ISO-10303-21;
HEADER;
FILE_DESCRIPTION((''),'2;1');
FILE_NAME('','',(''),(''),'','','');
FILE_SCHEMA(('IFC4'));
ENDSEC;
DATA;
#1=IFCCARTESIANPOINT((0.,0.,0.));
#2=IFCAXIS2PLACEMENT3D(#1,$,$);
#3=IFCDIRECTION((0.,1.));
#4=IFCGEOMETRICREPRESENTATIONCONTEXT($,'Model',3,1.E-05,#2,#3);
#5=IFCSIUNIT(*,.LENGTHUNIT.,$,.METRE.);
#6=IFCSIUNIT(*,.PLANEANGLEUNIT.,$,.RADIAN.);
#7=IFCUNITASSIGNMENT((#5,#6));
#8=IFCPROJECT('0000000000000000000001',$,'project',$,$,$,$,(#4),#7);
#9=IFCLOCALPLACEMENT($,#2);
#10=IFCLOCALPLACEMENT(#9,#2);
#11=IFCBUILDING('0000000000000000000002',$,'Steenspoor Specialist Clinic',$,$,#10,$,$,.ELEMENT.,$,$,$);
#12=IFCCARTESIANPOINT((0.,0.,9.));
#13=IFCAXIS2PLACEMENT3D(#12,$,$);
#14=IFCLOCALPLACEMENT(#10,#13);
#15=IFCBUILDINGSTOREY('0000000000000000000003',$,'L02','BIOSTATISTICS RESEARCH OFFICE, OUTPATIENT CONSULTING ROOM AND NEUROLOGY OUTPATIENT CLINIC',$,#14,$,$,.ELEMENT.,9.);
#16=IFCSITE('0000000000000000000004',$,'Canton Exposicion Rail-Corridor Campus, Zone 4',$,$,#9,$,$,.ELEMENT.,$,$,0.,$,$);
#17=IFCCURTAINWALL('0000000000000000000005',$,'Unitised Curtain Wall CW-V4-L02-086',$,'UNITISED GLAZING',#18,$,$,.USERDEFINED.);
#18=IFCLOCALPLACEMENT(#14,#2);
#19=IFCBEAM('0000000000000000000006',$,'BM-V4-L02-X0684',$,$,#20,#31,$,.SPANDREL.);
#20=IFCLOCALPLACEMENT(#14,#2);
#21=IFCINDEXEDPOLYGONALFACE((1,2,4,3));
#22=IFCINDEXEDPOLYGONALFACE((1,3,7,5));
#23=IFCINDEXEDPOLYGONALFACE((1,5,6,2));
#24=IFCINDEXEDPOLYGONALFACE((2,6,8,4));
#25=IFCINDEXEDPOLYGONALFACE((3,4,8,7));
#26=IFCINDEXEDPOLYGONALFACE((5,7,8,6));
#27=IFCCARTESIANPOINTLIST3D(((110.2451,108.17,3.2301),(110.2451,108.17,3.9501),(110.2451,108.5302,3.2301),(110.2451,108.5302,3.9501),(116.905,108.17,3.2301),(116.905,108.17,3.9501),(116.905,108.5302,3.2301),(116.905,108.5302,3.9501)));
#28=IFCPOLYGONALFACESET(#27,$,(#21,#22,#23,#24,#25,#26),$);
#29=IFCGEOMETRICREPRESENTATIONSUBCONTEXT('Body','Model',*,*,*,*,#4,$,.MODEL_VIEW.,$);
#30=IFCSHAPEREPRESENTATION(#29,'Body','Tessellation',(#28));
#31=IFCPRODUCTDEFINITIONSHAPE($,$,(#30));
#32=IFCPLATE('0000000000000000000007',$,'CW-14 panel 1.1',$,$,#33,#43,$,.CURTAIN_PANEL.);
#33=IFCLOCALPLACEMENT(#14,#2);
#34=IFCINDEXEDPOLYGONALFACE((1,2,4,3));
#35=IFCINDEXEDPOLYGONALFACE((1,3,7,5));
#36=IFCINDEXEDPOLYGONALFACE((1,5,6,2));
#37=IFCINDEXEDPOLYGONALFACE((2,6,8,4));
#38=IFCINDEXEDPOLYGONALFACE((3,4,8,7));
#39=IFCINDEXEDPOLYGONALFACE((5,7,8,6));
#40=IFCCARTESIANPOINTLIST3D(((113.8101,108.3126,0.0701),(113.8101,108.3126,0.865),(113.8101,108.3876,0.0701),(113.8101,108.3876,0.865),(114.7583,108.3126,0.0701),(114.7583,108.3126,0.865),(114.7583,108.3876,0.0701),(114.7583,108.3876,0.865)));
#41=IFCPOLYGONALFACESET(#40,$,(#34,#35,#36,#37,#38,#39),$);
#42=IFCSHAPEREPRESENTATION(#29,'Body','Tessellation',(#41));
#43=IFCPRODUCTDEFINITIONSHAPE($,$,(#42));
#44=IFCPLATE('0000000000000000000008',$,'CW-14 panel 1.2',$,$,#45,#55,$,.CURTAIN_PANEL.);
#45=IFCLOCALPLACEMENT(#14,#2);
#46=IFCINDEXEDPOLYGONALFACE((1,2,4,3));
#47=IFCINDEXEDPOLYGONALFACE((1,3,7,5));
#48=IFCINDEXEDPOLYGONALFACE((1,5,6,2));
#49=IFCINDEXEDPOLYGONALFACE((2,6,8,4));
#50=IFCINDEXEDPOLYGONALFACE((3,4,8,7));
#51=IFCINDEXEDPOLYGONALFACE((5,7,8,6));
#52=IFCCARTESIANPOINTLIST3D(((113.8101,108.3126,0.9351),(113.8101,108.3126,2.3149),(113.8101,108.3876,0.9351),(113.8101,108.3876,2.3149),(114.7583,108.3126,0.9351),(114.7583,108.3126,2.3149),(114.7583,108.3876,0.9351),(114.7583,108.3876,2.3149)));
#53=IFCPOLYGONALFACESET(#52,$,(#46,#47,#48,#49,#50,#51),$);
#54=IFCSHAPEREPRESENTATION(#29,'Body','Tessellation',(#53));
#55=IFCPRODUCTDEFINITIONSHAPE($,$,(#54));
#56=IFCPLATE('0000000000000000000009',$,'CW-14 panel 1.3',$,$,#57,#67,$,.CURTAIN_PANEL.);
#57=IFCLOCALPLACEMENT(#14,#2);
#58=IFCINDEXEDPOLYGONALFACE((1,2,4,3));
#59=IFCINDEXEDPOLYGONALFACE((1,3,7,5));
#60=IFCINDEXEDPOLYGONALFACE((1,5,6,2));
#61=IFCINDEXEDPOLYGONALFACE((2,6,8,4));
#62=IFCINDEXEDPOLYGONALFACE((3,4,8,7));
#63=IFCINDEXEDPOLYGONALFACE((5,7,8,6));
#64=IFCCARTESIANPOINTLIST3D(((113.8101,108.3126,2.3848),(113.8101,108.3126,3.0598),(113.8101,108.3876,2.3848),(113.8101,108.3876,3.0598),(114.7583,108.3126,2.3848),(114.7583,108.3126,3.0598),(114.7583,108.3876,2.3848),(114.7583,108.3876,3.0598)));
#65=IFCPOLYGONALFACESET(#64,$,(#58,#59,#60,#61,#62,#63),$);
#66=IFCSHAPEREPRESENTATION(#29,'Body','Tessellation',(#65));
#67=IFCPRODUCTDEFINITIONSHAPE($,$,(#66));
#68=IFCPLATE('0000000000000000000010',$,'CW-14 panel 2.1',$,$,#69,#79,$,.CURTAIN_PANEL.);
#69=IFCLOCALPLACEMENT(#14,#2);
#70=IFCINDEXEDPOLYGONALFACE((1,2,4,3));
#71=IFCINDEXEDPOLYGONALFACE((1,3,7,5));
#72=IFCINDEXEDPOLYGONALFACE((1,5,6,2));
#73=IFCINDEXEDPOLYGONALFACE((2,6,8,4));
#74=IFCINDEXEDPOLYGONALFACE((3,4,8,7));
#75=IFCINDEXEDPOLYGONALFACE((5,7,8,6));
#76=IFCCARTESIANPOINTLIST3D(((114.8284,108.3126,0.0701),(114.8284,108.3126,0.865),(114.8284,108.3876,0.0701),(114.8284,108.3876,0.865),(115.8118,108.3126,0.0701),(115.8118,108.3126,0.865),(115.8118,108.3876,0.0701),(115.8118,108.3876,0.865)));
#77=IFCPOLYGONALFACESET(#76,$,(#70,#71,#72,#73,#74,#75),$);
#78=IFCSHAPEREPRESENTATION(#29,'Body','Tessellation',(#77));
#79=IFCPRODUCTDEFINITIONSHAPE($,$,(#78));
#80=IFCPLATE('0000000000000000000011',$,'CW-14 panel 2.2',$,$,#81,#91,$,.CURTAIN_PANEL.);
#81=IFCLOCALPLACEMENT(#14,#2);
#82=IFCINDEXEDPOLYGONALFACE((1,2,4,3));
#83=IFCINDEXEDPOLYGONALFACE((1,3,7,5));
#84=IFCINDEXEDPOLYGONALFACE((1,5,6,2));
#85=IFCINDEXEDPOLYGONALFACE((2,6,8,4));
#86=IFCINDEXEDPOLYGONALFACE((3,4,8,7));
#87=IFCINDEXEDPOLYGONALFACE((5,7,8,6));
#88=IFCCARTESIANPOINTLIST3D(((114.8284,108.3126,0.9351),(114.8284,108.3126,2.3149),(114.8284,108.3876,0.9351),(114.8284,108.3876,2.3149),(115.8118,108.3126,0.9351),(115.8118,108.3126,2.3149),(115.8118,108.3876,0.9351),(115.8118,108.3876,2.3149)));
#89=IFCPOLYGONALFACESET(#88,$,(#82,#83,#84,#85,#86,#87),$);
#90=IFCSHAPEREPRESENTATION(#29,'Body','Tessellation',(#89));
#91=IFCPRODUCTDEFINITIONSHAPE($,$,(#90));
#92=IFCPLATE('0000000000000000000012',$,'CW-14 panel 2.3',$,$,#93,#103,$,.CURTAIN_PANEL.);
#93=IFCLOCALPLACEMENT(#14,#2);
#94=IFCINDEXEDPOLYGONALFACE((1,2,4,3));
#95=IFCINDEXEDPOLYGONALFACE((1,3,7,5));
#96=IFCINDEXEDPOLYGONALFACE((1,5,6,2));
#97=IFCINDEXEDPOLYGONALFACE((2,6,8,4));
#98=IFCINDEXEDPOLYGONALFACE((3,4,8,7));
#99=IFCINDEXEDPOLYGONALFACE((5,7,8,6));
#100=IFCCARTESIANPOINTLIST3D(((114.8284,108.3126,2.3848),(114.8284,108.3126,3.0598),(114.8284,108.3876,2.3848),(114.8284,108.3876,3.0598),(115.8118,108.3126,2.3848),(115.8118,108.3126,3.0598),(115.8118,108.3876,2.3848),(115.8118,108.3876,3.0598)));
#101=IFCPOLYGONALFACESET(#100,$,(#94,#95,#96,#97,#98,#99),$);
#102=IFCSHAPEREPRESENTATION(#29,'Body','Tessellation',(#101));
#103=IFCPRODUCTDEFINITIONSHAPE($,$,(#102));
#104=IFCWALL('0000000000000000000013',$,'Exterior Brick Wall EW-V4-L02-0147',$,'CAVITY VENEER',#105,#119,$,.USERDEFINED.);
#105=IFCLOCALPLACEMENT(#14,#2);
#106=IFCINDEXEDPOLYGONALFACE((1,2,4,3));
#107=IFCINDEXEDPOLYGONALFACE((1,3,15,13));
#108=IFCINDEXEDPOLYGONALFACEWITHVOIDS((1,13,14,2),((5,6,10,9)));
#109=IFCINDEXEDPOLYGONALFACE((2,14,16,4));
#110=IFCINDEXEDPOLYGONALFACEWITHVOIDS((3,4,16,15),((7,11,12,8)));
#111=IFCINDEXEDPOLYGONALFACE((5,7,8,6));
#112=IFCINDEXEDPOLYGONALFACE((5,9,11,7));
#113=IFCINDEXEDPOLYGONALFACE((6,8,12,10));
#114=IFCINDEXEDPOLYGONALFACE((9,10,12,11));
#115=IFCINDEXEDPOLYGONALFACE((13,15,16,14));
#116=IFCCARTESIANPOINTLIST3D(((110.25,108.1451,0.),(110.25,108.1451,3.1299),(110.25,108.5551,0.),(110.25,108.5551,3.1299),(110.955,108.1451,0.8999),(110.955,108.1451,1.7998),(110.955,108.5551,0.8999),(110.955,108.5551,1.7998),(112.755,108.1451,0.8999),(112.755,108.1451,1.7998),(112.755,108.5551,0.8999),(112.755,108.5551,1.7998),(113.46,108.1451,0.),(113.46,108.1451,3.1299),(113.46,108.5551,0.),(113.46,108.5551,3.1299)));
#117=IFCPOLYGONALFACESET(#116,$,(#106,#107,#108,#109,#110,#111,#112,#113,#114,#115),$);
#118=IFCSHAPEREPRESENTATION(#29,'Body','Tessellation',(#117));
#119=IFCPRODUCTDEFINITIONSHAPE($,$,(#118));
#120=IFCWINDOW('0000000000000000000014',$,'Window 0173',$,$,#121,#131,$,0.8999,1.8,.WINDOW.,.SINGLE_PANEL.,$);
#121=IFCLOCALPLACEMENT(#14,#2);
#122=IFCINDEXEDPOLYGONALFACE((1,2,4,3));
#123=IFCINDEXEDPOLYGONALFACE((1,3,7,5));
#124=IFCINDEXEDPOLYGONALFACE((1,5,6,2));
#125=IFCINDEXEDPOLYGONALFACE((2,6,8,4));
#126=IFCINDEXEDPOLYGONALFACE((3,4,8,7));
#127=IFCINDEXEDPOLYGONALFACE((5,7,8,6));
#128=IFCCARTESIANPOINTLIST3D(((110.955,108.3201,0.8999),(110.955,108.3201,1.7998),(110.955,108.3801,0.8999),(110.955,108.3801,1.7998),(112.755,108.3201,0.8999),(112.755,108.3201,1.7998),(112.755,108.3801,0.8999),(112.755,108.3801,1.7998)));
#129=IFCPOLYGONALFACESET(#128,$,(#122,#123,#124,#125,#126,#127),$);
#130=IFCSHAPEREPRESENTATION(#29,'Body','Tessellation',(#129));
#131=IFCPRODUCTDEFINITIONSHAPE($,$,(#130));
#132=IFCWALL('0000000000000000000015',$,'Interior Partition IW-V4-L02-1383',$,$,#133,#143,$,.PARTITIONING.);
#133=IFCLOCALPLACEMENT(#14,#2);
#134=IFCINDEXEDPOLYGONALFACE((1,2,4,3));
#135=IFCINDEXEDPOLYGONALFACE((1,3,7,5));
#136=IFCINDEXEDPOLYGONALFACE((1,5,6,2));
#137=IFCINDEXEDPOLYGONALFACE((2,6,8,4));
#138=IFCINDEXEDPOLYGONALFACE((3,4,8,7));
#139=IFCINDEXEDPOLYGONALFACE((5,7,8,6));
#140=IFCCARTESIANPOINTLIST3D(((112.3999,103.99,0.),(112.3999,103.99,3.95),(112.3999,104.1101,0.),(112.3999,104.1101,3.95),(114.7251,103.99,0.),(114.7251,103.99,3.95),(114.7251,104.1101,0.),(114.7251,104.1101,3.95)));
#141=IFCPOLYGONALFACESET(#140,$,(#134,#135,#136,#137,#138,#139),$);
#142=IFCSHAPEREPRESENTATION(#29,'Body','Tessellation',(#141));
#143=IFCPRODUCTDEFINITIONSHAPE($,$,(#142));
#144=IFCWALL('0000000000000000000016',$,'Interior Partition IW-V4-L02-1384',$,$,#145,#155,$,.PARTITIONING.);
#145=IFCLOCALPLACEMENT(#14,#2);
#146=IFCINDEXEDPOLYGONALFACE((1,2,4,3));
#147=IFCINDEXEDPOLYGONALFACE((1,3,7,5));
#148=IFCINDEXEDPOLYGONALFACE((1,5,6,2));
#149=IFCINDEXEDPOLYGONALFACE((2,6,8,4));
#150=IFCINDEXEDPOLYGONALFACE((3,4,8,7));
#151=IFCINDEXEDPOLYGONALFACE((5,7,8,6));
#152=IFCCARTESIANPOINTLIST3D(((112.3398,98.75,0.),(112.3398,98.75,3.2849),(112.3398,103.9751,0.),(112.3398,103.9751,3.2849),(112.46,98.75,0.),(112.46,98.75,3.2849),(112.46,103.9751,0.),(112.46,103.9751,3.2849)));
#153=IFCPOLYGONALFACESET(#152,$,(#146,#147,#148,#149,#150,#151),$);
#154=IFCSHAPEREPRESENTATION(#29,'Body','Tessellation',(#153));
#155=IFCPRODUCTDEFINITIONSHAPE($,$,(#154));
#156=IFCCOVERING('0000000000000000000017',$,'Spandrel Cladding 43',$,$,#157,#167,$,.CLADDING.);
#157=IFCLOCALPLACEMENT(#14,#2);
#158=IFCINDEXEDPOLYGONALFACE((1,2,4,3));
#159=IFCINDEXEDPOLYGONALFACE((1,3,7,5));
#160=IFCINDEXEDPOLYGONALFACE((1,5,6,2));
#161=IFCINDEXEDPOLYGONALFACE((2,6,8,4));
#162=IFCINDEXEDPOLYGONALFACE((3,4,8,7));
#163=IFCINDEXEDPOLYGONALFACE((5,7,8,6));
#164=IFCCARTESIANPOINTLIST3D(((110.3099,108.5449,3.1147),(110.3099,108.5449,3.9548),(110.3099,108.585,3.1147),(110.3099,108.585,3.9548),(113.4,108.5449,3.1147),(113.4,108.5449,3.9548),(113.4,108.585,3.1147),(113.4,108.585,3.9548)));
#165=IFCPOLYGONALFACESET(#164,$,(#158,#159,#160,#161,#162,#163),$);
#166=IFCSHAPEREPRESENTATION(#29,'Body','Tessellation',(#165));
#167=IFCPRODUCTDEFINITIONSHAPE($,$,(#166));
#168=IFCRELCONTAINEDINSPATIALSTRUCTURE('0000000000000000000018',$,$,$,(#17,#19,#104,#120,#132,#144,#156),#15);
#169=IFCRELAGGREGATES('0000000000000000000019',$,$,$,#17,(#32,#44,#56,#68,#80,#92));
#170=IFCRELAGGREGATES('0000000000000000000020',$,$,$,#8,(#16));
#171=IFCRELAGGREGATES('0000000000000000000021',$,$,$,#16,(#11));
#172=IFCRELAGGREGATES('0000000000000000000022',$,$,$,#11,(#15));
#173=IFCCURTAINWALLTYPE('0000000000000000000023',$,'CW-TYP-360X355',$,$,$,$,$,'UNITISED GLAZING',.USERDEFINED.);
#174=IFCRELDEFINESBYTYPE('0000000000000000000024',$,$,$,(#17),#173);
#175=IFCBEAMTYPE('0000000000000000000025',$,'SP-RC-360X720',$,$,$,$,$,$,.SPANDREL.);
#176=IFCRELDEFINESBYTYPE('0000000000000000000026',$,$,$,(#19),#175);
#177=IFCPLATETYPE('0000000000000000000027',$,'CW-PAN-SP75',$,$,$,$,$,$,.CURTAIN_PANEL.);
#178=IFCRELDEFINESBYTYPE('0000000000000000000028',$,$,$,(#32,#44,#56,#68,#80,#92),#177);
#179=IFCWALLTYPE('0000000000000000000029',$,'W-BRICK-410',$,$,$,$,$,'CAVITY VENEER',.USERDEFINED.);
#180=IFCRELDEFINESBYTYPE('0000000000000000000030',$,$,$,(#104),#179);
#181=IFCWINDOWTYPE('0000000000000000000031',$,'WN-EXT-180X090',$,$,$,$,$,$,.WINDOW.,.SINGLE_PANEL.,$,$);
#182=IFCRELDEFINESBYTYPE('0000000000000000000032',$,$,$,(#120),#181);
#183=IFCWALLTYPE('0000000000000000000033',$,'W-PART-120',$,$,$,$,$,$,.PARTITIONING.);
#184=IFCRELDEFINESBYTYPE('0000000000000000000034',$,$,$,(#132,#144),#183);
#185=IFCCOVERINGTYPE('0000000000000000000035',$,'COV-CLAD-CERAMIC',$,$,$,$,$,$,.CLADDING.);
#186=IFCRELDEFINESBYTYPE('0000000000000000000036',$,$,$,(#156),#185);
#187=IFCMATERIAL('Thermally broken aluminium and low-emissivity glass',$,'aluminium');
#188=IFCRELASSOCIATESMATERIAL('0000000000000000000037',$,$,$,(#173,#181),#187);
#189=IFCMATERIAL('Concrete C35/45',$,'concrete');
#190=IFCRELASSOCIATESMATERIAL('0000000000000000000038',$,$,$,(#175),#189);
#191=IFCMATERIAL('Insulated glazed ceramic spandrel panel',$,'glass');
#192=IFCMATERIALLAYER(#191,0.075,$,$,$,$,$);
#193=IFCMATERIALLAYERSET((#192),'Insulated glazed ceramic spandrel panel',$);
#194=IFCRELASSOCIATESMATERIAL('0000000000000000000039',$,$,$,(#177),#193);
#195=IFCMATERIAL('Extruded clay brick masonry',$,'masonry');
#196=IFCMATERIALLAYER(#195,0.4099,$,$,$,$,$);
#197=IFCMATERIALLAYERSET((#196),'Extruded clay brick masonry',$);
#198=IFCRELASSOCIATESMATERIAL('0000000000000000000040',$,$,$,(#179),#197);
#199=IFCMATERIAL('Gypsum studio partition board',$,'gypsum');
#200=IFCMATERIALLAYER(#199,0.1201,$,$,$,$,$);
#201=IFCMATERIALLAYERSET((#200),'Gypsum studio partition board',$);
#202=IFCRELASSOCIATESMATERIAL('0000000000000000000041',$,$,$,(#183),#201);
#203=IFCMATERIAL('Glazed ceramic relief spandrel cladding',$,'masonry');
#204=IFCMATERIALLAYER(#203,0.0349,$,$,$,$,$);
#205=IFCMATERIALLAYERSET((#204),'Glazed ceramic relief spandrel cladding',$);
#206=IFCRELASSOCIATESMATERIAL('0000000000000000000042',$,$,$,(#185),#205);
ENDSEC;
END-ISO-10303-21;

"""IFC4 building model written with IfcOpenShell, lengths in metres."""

from ifc_helpers import new_model, si_unit, direction, frame, frame_2d, origin, origin_2d, place, context, subcontext, project, spatial, rectangle, extrude, material, layer, layer_set, material_profile, profile_set, type_object, element, fill, aggregate, save


model = new_model("IFC4")

# Units and contexts
model_context = context("Model", 3, precision=1e-05, world=origin(), true_north=direction((0.0, 1.0)))
body_context = subcontext(model_context, "Body", "Model", "MODEL_VIEW")
ifc_project = project(units=[si_unit("LENGTHUNIT", "METRE"), si_unit("PLANEANGLEUNIT", "RADIAN")], contexts=[model_context])

# Site, building, storey
site_placement = place(None, origin())
site = spatial("IfcSite", under=ifc_project, at=site_placement, Name="Canton Exposicion Rail-Corridor Campus, Zone 4", CompositionType="ELEMENT", RefElevation=0.0)
building_placement = place(site_placement, origin())
building = spatial("IfcBuilding", under=site, at=building_placement, Name="Steenspoor Specialist Clinic", CompositionType="ELEMENT")
storey_placement = place(building_placement, frame((0.0, 0.0, 9.0)))
storey = spatial("IfcBuildingStorey", under=building, at=storey_placement, Name="L02", Description="BIOSTATISTICS RESEARCH OFFICE, OUTPATIENT CONSULTING ROOM AND NEUROLOGY OUTPATIENT CLINIC", CompositionType="ELEMENT", Elevation=9.0)

# Shared definitions
ifc_material_1 = material(Name="Concrete C35/45", Category="concrete")

# Curtain wall
ifc_material_2 = material(Name="Thermally broken aluminium and low-emissivity glass", Category="aluminium")
curtain_wall_type = type_object("IfcCurtainWallType", Name="CW-TYP-360X355", ElementType="UNITISED GLAZING", PredefinedType="USERDEFINED", material=ifc_material_2)
curtain_wall_placement = place(storey_placement, origin())
curtain_wall = element("IfcCurtainWall", 1, at=curtain_wall_placement, inside=storey, type_object=curtain_wall_type, Name="Unitised Curtain Wall CW-V4-L02-086", ObjectType="UNITISED GLAZING", PredefinedType="USERDEFINED")

# Beam
ifc_material_profile_1 = material_profile(ifc_material_1, rectangle(XDim=0.3601, YDim=0.72, at=origin_2d()), Name="RC-SP-360X720")
ifc_profile_set_1 = profile_set([ifc_material_profile_1], Name="Concrete C35/45")
beam_type_1 = type_object("IfcBeamType", Name="SP-RC-360X720", PredefinedType="SPANDREL", material=ifc_profile_set_1)
beam_1_placement = place(storey_placement, frame((110.2451, 108.3501, 3.5901), z_axis=(1.0, 0.0, 0.0), x_axis=(0.0, 1.0, 0.0)))
element("IfcBeam", 2, at=beam_1_placement, inside=storey, type_object=beam_type_1, Name="BM-V4-L02-X0684", PredefinedType="SPANDREL", context=body_context, shape_type="SweptSolid", body=[
    extrude(rectangle(XDim=0.3601, YDim=0.72, at=origin_2d()), origin(), (0.0, 0.0, 1.0), 6.6599),
])

# Plates
ifc_material_3 = material(Name="Insulated glazed ceramic spandrel panel", Category="glass")
ifc_layer_1 = layer(ifc_material_3, 0.075)
ifc_layer_set_1 = layer_set([ifc_layer_1], Name="Insulated glazed ceramic spandrel panel")
plate_type = type_object("IfcPlateType", Name="CW-PAN-SP75", PredefinedType="CURTAIN_PANEL", material=ifc_layer_set_1)
plate_1_placement = place(storey_placement, frame((114.2842, 108.3501, 0.0701), z_axis=(0.0, 0.0, 1.0), x_axis=(1.0, 0.0, 0.0)))
plate_1 = element("IfcPlate", 3, at=plate_1_placement, type_object=plate_type, Name="CW-14 panel 1.1", PredefinedType="CURTAIN_PANEL", context=body_context, shape_type="SweptSolid", body=[
    extrude(rectangle(XDim=0.9482, YDim=0.075, at=origin_2d()), origin(), (0.0, 0.0, 1.0), 0.7949),
])
plate_2_placement = place(storey_placement, frame((114.2842, 108.3501, 0.9351), z_axis=(0.0, 0.0, 1.0), x_axis=(1.0, 0.0, 0.0)))
plate_2 = element("IfcPlate", 4, at=plate_2_placement, type_object=plate_type, Name="CW-14 panel 1.2", PredefinedType="CURTAIN_PANEL", context=body_context, shape_type="SweptSolid", body=[
    extrude(rectangle(XDim=0.9482, YDim=0.075, at=origin_2d()), origin(), (0.0, 0.0, 1.0), 1.3799),
])
plate_3_placement = place(storey_placement, frame((114.2842, 108.3501, 2.3848), z_axis=(0.0, 0.0, 1.0), x_axis=(1.0, 0.0, 0.0)))
plate_3 = element("IfcPlate", 5, at=plate_3_placement, type_object=plate_type, Name="CW-14 panel 1.3", PredefinedType="CURTAIN_PANEL", context=body_context, shape_type="SweptSolid", body=[
    extrude(rectangle(XDim=0.9482, YDim=0.075, at=origin_2d()), origin(), (0.0, 0.0, 1.0), 0.675),
])
plate_4_placement = place(storey_placement, frame((115.3201, 108.3501, 0.0701), z_axis=(0.0, 0.0, 1.0), x_axis=(1.0, 0.0, 0.0)))
plate_4 = element("IfcPlate", 6, at=plate_4_placement, type_object=plate_type, Name="CW-14 panel 2.1", PredefinedType="CURTAIN_PANEL", context=body_context, shape_type="SweptSolid", body=[
    extrude(rectangle(XDim=0.9834, YDim=0.075, at=origin_2d()), origin(), (0.0, 0.0, 1.0), 0.7949),
])
plate_5_placement = place(storey_placement, frame((115.3201, 108.3501, 0.9351), z_axis=(0.0, 0.0, 1.0), x_axis=(1.0, 0.0, 0.0)))
plate_5 = element("IfcPlate", 7, at=plate_5_placement, type_object=plate_type, Name="CW-14 panel 2.2", PredefinedType="CURTAIN_PANEL", context=body_context, shape_type="SweptSolid", body=[
    extrude(rectangle(XDim=0.9834, YDim=0.075, at=origin_2d()), origin(), (0.0, 0.0, 1.0), 1.3799),
])
plate_6_placement = place(storey_placement, frame((115.3201, 108.3501, 2.3848), z_axis=(0.0, 0.0, 1.0), x_axis=(1.0, 0.0, 0.0)))
plate_6 = element("IfcPlate", 8, at=plate_6_placement, type_object=plate_type, Name="CW-14 panel 2.3", PredefinedType="CURTAIN_PANEL", context=body_context, shape_type="SweptSolid", body=[
    extrude(rectangle(XDim=0.9834, YDim=0.075, at=origin_2d()), origin(), (0.0, 0.0, 1.0), 0.675),
])
aggregate(curtain_wall, [plate_1, plate_2, plate_3, plate_4, plate_5, plate_6])

# Wall, opening, window
ifc_material_4 = material(Name="Extruded clay brick masonry", Category="masonry")
ifc_layer_2 = layer(ifc_material_4, 0.4099)
ifc_layer_set_2 = layer_set([ifc_layer_2], Name="Extruded clay brick masonry")
wall_type_1 = type_object("IfcWallType", Name="W-BRICK-410", ElementType="CAVITY VENEER", PredefinedType="USERDEFINED", material=ifc_layer_set_2)
wall_1_placement = place(storey_placement, frame((110.25, 108.3501, 0.0), z_axis=(0.0, 0.0, 1.0), x_axis=(1.0, 0.0, 0.0)))
wall_1 = element("IfcWall", 9, at=wall_1_placement, inside=storey, type_object=wall_type_1, Name="Exterior Brick Wall EW-V4-L02-0147", ObjectType="CAVITY VENEER", PredefinedType="USERDEFINED", context=body_context, shape_type="SweptSolid", body=[
    extrude(rectangle(XDim=3.21, YDim=0.4099, at=frame_2d((1.605, 0.0))), origin(), (0.0, 0.0, 1.0), 3.1299),
])
opening_placement = place(wall_1_placement, frame((0.7051, 0.0, 0.8999)))
opening = element("IfcOpeningElement", 10, at=opening_placement, cuts=wall_1, PredefinedType="OPENING", context=body_context, shape_type="SweptSolid", body=[
    extrude(rectangle(XDim=1.8, YDim=0.8999, at=frame_2d((0.8999, 0.45))), frame((0.0, 0.2148, 0.0), z_axis=(0.0, -1.0, 0.0), x_axis=(1.0, 0.0, 0.0)), (0.0, 0.0, 1.0), 0.4299),
])
window_type = type_object("IfcWindowType", Name="WN-EXT-180X090", PartitioningType="SINGLE_PANEL", PredefinedType="WINDOW", material=ifc_material_2)
window_placement = place(opening_placement, origin())
window = element("IfcWindow", 11, at=window_placement, inside=storey, type_object=window_type, Name="Window 0173", OverallHeight=0.8999, OverallWidth=1.8, PartitioningType="SINGLE_PANEL", PredefinedType="WINDOW", context=body_context, shape_type="SweptSolid", body=[
    extrude(rectangle(XDim=1.8, YDim=0.8999, at=frame_2d((0.8999, 0.45))), frame((0.0, 0.03, 0.0), z_axis=(0.0, -1.0, 0.0), x_axis=(1.0, 0.0, 0.0)), (0.0, 0.0, 1.0), 0.0601),
])
fill(opening, window)

# Walls
ifc_material_5 = material(Name="Gypsum studio partition board", Category="gypsum")
ifc_layer_3 = layer(ifc_material_5, 0.1201)
ifc_layer_set_3 = layer_set([ifc_layer_3], Name="Gypsum studio partition board")
wall_type_2 = type_object("IfcWallType", Name="W-PART-120", PredefinedType="PARTITIONING", material=ifc_layer_set_3)
wall_2_placement = place(storey_placement, frame((112.3999, 104.05, 0.0), z_axis=(0.0, 0.0, 1.0), x_axis=(1.0, 0.0, 0.0)))
element("IfcWall", 12, at=wall_2_placement, inside=storey, type_object=wall_type_2, Name="Interior Partition IW-V4-L02-1383", PredefinedType="PARTITIONING", context=body_context, shape_type="SweptSolid", body=[
    extrude(rectangle(XDim=2.3252, YDim=0.1201, at=frame_2d((1.1626, 0.0))), origin(), (0.0, 0.0, 1.0), 3.95),
])
wall_3_placement = place(storey_placement, frame((112.3999, 98.75, 0.0), z_axis=(0.0, 0.0, 1.0), x_axis=(0.0, 1.0, 0.0)))
element("IfcWall", 13, at=wall_3_placement, inside=storey, type_object=wall_type_2, Name="Interior Partition IW-V4-L02-1384", PredefinedType="PARTITIONING", context=body_context, shape_type="SweptSolid", body=[
    extrude(rectangle(XDim=5.2251, YDim=0.1201, at=frame_2d((2.6125, 0.0))), origin(), (0.0, 0.0, 1.0), 3.2849),
])

# Covering
ifc_material_6 = material(Name="Glazed ceramic relief spandrel cladding", Category="masonry")
ifc_layer_4 = layer(ifc_material_6, 0.0349)
ifc_layer_set_4 = layer_set([ifc_layer_4], Name="Glazed ceramic relief spandrel cladding")
covering_type = type_object("IfcCoveringType", Name="COV-CLAD-CERAMIC", PredefinedType="CLADDING", material=ifc_layer_set_4)
covering_placement = place(storey_placement, frame((111.855, 108.5649, 3.1147), z_axis=(0.0, 0.0, 1.0), x_axis=(1.0, 0.0, 0.0)))
element("IfcCovering", 14, at=covering_placement, inside=storey, type_object=covering_type, Name="Spandrel Cladding 43", PredefinedType="CLADDING", context=body_context, shape_type="SweptSolid", body=[
    extrude(rectangle(XDim=3.0901, YDim=0.04, at=origin_2d()), origin(), (0.0, 0.0, 1.0), 0.8401),
])

save(model, "model.ifc")
